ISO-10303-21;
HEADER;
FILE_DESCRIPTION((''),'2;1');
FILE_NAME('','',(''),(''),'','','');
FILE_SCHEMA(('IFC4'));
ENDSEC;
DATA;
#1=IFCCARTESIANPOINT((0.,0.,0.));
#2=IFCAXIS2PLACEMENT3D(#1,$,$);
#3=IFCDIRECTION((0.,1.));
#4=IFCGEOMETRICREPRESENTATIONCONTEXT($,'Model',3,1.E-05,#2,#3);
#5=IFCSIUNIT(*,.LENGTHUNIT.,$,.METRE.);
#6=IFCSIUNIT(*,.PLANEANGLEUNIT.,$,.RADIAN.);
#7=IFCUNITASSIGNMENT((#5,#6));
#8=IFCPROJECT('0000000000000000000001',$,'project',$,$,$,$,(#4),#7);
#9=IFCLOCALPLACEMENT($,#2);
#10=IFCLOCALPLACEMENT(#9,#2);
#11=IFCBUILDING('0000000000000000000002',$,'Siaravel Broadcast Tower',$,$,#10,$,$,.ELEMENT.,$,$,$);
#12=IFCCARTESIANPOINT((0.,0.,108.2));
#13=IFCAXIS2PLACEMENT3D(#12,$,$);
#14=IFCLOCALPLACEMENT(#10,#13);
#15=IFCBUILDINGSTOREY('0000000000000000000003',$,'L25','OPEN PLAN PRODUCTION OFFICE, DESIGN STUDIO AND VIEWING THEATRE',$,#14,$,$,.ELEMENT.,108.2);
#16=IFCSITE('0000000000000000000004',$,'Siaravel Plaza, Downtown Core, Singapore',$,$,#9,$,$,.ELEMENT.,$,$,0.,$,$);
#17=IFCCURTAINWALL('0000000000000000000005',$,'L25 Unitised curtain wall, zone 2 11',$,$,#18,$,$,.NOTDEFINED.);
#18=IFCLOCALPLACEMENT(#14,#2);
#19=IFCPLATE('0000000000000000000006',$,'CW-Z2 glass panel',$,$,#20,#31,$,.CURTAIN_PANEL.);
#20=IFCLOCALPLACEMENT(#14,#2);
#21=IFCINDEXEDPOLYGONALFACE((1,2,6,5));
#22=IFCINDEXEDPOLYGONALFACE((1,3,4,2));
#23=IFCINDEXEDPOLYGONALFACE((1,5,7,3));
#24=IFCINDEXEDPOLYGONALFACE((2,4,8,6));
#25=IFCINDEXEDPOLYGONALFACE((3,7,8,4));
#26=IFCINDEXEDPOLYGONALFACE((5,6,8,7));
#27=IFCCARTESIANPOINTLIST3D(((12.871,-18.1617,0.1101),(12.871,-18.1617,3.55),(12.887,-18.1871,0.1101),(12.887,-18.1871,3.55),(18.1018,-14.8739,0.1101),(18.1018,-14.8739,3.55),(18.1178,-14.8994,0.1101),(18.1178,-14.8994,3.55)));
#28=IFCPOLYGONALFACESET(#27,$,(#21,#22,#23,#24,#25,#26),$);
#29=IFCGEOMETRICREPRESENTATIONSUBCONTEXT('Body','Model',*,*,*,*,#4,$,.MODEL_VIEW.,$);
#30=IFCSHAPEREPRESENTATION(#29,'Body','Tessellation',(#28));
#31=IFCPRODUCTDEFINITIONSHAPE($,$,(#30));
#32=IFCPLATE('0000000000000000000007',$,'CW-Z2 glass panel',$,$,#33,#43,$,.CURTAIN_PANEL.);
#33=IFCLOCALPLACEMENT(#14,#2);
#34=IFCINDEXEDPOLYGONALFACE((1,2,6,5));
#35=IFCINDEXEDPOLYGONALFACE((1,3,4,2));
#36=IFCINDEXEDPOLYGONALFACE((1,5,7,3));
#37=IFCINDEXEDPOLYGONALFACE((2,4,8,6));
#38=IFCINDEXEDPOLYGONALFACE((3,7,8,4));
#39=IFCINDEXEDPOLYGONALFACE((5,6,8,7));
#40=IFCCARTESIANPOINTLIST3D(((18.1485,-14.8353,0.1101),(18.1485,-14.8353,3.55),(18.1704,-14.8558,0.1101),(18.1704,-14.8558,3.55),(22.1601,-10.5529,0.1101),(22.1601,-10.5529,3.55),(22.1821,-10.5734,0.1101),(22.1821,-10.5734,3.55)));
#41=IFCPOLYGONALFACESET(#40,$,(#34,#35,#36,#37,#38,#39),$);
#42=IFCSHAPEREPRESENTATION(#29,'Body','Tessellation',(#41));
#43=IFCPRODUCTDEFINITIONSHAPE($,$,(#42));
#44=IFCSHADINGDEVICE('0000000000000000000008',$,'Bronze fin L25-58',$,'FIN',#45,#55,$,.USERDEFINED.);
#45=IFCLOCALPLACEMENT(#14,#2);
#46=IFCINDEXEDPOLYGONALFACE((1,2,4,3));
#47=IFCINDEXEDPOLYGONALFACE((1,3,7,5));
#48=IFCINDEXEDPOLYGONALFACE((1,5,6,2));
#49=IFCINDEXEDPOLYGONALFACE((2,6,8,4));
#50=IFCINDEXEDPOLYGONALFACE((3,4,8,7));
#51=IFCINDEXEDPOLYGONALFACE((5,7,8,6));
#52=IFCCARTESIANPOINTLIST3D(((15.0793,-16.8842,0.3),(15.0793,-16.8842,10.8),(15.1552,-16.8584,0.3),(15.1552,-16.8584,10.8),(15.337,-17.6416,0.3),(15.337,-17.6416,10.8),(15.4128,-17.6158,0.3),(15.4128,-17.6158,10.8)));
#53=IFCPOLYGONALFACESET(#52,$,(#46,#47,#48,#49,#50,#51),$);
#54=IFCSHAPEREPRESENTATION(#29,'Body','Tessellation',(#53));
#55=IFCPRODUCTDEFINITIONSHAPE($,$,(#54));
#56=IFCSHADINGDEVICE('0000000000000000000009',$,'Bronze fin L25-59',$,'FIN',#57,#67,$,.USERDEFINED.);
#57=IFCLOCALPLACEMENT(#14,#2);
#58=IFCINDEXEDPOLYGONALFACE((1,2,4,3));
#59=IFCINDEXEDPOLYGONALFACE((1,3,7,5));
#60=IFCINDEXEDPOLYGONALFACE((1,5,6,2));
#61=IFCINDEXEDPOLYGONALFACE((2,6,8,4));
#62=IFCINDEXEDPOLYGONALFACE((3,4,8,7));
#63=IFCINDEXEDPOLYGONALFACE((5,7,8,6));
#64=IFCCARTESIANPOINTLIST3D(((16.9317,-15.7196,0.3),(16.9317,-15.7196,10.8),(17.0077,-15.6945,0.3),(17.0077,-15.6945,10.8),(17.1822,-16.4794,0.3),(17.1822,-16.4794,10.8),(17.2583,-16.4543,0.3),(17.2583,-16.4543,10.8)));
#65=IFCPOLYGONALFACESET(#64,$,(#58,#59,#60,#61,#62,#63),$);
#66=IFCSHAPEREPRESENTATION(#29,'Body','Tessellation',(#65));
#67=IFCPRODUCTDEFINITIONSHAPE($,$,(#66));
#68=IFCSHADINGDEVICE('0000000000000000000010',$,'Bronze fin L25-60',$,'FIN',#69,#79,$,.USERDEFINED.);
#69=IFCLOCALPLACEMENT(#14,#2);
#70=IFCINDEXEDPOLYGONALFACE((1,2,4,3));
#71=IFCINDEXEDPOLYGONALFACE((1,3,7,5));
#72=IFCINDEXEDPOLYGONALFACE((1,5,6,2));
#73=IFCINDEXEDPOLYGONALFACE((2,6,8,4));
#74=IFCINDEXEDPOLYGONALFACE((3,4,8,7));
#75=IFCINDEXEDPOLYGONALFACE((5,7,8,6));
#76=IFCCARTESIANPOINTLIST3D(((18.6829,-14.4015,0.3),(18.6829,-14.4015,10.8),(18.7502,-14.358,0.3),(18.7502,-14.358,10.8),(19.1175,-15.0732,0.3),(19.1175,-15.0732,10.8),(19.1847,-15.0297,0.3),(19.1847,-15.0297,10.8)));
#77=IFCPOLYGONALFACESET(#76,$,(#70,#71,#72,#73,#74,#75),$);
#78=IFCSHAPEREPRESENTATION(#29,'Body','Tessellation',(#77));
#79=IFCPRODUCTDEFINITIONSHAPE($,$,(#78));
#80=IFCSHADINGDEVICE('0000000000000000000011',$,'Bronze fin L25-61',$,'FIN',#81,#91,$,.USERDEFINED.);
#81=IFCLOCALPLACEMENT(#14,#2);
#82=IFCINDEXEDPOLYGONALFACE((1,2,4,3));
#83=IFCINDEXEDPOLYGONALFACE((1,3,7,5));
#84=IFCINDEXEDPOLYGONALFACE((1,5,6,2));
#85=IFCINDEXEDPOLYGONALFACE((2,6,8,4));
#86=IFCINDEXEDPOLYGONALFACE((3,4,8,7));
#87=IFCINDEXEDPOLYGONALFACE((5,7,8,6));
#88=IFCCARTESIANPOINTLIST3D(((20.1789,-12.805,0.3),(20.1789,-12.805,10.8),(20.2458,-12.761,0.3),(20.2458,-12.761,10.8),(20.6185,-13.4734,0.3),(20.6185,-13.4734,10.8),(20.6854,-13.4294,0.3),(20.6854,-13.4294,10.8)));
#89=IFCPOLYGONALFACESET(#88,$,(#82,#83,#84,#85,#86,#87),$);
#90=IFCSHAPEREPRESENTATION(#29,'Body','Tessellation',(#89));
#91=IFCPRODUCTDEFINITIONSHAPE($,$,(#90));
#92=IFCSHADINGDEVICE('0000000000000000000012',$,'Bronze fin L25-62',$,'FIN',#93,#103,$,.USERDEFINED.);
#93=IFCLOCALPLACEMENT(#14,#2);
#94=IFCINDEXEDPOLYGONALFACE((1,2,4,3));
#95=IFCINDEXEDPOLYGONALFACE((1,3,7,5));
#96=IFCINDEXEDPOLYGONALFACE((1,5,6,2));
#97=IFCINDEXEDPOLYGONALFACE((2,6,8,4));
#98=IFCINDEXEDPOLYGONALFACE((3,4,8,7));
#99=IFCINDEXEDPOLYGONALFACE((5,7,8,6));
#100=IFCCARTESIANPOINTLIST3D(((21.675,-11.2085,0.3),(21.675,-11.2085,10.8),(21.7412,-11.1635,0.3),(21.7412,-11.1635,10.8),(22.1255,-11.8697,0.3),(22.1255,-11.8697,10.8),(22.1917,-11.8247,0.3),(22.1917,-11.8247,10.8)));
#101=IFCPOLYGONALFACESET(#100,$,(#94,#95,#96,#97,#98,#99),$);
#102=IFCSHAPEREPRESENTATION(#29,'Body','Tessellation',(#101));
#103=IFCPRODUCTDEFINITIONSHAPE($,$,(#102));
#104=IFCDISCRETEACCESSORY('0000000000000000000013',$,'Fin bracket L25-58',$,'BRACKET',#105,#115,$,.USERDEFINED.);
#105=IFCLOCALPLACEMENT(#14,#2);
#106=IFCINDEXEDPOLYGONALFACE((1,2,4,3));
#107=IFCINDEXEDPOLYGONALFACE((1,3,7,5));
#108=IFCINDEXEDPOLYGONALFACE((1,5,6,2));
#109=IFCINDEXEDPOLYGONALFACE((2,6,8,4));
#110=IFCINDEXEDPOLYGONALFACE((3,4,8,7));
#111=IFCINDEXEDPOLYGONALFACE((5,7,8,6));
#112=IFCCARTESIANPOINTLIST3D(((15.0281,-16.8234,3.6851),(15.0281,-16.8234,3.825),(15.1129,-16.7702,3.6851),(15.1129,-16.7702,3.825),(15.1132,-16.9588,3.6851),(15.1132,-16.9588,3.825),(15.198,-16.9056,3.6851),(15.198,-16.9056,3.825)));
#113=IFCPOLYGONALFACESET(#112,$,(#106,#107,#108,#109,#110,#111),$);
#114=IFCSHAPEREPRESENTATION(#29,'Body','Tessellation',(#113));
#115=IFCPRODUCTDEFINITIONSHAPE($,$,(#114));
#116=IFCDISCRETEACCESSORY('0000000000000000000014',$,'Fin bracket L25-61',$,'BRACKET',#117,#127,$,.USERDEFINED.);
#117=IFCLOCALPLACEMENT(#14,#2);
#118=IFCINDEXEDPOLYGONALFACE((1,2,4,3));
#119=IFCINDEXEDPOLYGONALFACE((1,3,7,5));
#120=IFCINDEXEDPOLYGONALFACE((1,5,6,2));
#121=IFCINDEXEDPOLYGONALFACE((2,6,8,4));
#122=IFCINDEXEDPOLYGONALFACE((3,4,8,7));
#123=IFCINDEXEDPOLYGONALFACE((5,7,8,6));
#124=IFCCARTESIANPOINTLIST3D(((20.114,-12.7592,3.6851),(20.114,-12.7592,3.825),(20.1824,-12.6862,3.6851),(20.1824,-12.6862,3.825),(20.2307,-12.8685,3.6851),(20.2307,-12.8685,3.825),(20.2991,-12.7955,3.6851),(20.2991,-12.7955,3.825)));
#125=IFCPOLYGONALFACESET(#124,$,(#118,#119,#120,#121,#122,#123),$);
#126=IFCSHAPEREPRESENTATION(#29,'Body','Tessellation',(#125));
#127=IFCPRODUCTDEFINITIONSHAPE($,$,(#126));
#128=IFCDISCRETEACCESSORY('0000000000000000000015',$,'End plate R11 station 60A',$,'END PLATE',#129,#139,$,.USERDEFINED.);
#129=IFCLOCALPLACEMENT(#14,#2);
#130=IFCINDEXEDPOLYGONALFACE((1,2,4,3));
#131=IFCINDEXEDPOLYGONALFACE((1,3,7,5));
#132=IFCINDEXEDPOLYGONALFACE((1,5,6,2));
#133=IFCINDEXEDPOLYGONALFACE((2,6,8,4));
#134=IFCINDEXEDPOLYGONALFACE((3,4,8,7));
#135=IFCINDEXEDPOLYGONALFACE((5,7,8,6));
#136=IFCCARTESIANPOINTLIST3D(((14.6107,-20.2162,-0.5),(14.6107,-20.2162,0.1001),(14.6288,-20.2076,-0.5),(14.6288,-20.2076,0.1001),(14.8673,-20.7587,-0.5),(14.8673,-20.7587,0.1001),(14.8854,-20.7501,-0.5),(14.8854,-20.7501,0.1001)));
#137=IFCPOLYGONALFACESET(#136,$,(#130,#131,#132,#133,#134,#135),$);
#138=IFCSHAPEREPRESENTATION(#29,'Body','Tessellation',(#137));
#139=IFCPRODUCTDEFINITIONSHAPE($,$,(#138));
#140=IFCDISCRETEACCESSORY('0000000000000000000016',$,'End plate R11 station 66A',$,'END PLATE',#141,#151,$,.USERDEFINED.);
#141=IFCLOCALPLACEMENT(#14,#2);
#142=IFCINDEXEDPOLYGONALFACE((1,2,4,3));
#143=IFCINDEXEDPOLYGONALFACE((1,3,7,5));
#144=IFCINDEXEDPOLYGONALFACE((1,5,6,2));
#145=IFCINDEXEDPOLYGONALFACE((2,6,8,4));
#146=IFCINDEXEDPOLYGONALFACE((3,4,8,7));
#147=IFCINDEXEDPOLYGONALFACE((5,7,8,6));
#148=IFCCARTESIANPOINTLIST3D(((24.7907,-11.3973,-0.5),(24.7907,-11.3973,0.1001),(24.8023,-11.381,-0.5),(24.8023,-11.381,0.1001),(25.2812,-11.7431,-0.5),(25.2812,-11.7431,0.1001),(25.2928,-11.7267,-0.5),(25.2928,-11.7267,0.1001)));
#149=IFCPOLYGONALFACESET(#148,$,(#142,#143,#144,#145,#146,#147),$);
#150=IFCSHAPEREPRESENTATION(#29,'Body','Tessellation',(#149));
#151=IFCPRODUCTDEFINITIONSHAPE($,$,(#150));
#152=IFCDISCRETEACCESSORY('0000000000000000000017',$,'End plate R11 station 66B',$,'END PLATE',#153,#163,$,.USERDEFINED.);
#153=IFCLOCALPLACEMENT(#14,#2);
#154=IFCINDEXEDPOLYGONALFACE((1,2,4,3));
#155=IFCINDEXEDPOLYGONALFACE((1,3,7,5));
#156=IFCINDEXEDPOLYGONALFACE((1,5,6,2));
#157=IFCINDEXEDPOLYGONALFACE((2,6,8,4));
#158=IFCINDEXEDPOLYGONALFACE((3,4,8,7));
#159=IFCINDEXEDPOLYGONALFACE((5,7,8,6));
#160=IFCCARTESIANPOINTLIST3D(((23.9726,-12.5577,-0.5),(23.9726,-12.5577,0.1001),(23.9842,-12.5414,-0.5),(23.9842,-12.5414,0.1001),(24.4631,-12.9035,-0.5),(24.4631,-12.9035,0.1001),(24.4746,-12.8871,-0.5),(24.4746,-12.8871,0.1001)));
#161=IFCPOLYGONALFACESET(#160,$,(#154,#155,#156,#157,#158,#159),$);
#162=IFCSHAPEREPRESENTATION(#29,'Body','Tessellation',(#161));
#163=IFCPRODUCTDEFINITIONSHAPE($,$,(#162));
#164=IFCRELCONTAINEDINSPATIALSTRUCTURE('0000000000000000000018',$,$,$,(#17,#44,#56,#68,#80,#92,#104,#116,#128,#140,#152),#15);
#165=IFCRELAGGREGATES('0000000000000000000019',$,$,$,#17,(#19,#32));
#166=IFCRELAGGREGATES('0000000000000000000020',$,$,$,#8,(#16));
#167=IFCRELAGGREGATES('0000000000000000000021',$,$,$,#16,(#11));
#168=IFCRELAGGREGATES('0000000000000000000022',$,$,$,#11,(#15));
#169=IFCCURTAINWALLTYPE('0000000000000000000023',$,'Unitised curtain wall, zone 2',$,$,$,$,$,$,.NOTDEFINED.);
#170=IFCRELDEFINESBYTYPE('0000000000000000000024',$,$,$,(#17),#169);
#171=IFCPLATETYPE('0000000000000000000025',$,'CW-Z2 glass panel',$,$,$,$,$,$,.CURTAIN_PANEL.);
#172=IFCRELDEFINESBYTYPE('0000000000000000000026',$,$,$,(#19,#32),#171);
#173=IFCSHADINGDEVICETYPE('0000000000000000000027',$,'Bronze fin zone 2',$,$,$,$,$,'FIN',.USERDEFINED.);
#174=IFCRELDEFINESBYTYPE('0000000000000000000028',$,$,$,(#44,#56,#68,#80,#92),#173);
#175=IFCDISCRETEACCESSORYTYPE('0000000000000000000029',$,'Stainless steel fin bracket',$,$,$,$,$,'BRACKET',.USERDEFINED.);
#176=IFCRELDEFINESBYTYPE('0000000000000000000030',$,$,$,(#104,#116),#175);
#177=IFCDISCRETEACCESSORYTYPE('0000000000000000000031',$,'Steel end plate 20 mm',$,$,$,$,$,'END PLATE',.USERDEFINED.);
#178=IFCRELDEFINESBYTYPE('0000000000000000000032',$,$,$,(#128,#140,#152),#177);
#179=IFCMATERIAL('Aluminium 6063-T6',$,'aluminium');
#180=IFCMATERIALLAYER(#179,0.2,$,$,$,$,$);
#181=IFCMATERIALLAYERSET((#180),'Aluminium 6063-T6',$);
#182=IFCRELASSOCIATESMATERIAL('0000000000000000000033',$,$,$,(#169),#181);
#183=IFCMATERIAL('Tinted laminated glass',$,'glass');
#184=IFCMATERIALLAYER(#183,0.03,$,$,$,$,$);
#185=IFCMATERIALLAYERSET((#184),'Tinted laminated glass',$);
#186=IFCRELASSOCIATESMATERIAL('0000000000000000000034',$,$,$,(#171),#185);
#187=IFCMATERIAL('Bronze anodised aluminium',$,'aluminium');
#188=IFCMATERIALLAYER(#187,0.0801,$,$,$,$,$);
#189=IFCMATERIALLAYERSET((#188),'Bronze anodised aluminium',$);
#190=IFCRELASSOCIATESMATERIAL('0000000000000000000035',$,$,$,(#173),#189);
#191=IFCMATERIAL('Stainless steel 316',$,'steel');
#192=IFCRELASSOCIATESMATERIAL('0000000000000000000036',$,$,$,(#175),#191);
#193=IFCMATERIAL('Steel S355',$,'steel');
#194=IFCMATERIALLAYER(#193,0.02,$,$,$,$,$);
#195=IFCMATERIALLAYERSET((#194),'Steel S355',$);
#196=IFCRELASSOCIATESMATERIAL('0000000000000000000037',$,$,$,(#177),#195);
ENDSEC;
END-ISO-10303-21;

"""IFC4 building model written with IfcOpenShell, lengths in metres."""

from ifc_helpers import new_model, si_unit, direction, frame, origin, origin_2d, place, context, subcontext, project, spatial, rectangle, extrude, material, layer, layer_set, type_object, element, aggregate, save


model = new_model("IFC4")

# Units and contexts
model_context = context("Model", 3, precision=1e-05, world=origin(), true_north=direction((0.0, 1.0)))
body_context = subcontext(model_context, "Body", "Model", "MODEL_VIEW")
ifc_project = project(units=[si_unit("LENGTHUNIT", "METRE"), si_unit("PLANEANGLEUNIT", "RADIAN")], contexts=[model_context])

# Site, building, storey
site_placement = place(None, origin())
site = spatial("IfcSite", under=ifc_project, at=site_placement, Name="Siaravel Plaza, Downtown Core, Singapore", CompositionType="ELEMENT", RefElevation=0.0)
building_placement = place(site_placement, origin())
building = spatial("IfcBuilding", under=site, at=building_placement, Name="Siaravel Broadcast Tower", CompositionType="ELEMENT")
storey_placement = place(building_placement, frame((0.0, 0.0, 108.2)))
storey = spatial("IfcBuildingStorey", under=building, at=storey_placement, Name="L25", Description="OPEN PLAN PRODUCTION OFFICE, DESIGN STUDIO AND VIEWING THEATRE", CompositionType="ELEMENT", Elevation=108.2)

# Shared definitions
ifc_material_1 = material(Name="Steel S355", Category="steel")

# Curtain wall
ifc_material_2 = material(Name="Aluminium 6063-T6", Category="aluminium")
ifc_layer_1 = layer(ifc_material_2, 0.2)
ifc_layer_set_1 = layer_set([ifc_layer_1], Name="Aluminium 6063-T6")
curtain_wall_type = type_object("IfcCurtainWallType", Name="Unitised curtain wall, zone 2", PredefinedType="NOTDEFINED", material=ifc_layer_set_1)
curtain_wall_1_placement = place(storey_placement, origin())
curtain_wall_1 = element("IfcCurtainWall", 1, at=curtain_wall_1_placement, inside=storey, type_object=curtain_wall_type, Name="L25 Unitised curtain wall, zone 2 11", PredefinedType="NOTDEFINED")

# Plates
ifc_material_3 = material(Name="Tinted laminated glass", Category="glass")
ifc_layer_2 = layer(ifc_material_3, 0.03)
ifc_layer_set_2 = layer_set([ifc_layer_2], Name="Tinted laminated glass")
plate_type = type_object("IfcPlateType", Name="CW-Z2 glass panel", PredefinedType="CURTAIN_PANEL", material=ifc_layer_set_2)
plate_1_placement = place(storey_placement, frame((15.4944, -16.5305, 0.1101), z_axis=(0.0, 0.0, 1.0), x_axis=(0.846651, 0.532149, 0.0)))
plate_1 = element("IfcPlate", 2, at=plate_1_placement, type_object=plate_type, Name="CW-Z2 glass panel", PredefinedType="CURTAIN_PANEL", context=body_context, shape_type="SweptSolid", body=[
    extrude(rectangle(XDim=6.1782, YDim=0.03, at=origin_2d()), origin(), (0.0, 0.0, 1.0), 3.4399),
])
plate_2_placement = place(storey_placement, frame((20.1653, -12.7043, 0.1101), z_axis=(0.0, 0.0, 1.0), x_axis=(0.683655, 0.729805, 0.0)))
plate_2 = element("IfcPlate", 3, at=plate_2_placement, type_object=plate_type, Name="CW-Z2 glass panel", PredefinedType="CURTAIN_PANEL", context=body_context, shape_type="SweptSolid", body=[
    extrude(rectangle(XDim=5.8679, YDim=0.03, at=origin_2d()), origin(), (0.0, 0.0, 1.0), 3.4399),
])
aggregate(curtain_wall_1, [plate_1, plate_2])

# Shading devices
ifc_material_4 = material(Name="Bronze anodised aluminium", Category="aluminium")
ifc_layer_3 = layer(ifc_material_4, 0.0801)
ifc_layer_set_3 = layer_set([ifc_layer_3], Name="Bronze anodised aluminium")
shading_device_type = type_object("IfcShadingDeviceType", Name="Bronze fin zone 2", ElementType="FIN", PredefinedType="USERDEFINED", material=ifc_layer_set_3)
for number, where, z_axis, x_axis, name in (
    (4, (15.2461, -17.25, 0.3), (0.0, 0.0, 1.0), (0.322092, -0.946708, 0.0), "Bronze fin L25-58"),
    (5, (17.095, -16.0869, 0.3), (0.0, 0.0, 1.0), (0.313187, -0.949691, 0.0), "Bronze fin L25-59"),
    (6, (18.9338, -14.7156, 0.3), (0.0, 0.0, 1.0), (0.543166, -0.839626, 0.0), "Bronze fin L25-60"),
    (7, (20.4321, -13.1172, 0.3), (0.0, 0.0, 1.0), (0.549473, -0.835511, 0.0), "Bronze fin L25-61"),
    (8, (21.9333, -11.5166, 0.3), (0.0, 0.0, 1.0), (0.562997, -0.826459, 0.0), "Bronze fin L25-62"),
):
    element("IfcShadingDevice", number, at=place(storey_placement, frame(where, z_axis=z_axis, x_axis=x_axis)), inside=storey, type_object=shading_device_type, Name=name, ObjectType="FIN", PredefinedType="USERDEFINED", context=body_context, shape_type="SweptSolid", body=[
        extrude(rectangle(XDim=0.8, YDim=0.0801, at=origin_2d()), origin(), (0.0, 0.0, 1.0), 10.5),
    ])

# Discrete accessories
ifc_material_5 = material(Name="Stainless steel 316", Category="steel")
discrete_accessory_type_1 = type_object("IfcDiscreteAccessoryType", Name="Stainless steel fin bracket", ElementType="BRACKET", PredefinedType="USERDEFINED", material=ifc_material_5)
for number, where, z_axis, x_axis, name in (
    (9, (15.113, -16.8645, 3.6851), (0.0, 0.0, 1.0), (0.532149, -0.84665, 0.0), "Fin bracket L25-58"),
    (10, (20.2065, -12.7773, 3.6851), (0.0, 0.0, 1.0), (0.729804, -0.683656, 0.0), "Fin bracket L25-61"),
):
    element("IfcDiscreteAccessory", number, at=place(storey_placement, frame(where, z_axis=z_axis, x_axis=x_axis)), inside=storey, type_object=discrete_accessory_type_1, Name=name, ObjectType="BRACKET", PredefinedType="USERDEFINED", context=body_context, shape_type="SweptSolid", body=[
        extrude(rectangle(XDim=0.1599, YDim=0.1001, at=origin_2d()), origin(), (0.0, 0.0, 1.0), 0.1399),
    ])
ifc_layer_4 = layer(ifc_material_1, 0.02)
ifc_layer_set_4 = layer_set([ifc_layer_4], Name="Steel S355")
discrete_accessory_type_2 = type_object("IfcDiscreteAccessoryType", Name="Steel end plate 20 mm", ElementType="END PLATE", PredefinedType="USERDEFINED", material=ifc_layer_set_4)
for number, where, z_axis, x_axis, name in (
    (11, (14.748, -20.4832, -0.5), (0.0, 0.0, 1.0), (0.904007, 0.427517, 0.0), "End plate R11 station 60A"),
    (12, (25.0417, -11.562, -0.5), (0.0, 0.0, 1.0), (0.57612, 0.817365, 0.0), "End plate R11 station 66A"),
    (13, (24.2236, -12.7224, -0.5), (0.0, 0.0, 1.0), (0.57612, 0.817365, 0.0), "End plate R11 station 66B"),
):
    element("IfcDiscreteAccessory", number, at=place(storey_placement, frame(where, z_axis=z_axis, x_axis=x_axis)), inside=storey, type_object=discrete_accessory_type_2, Name=name, ObjectType="END PLATE", PredefinedType="USERDEFINED", context=body_context, shape_type="SweptSolid", body=[
        extrude(rectangle(XDim=0.02, YDim=0.6001, at=origin_2d()), origin(), (0.0, 0.0, 1.0), 0.6001),
    ])

save(model, "model.ifc")
